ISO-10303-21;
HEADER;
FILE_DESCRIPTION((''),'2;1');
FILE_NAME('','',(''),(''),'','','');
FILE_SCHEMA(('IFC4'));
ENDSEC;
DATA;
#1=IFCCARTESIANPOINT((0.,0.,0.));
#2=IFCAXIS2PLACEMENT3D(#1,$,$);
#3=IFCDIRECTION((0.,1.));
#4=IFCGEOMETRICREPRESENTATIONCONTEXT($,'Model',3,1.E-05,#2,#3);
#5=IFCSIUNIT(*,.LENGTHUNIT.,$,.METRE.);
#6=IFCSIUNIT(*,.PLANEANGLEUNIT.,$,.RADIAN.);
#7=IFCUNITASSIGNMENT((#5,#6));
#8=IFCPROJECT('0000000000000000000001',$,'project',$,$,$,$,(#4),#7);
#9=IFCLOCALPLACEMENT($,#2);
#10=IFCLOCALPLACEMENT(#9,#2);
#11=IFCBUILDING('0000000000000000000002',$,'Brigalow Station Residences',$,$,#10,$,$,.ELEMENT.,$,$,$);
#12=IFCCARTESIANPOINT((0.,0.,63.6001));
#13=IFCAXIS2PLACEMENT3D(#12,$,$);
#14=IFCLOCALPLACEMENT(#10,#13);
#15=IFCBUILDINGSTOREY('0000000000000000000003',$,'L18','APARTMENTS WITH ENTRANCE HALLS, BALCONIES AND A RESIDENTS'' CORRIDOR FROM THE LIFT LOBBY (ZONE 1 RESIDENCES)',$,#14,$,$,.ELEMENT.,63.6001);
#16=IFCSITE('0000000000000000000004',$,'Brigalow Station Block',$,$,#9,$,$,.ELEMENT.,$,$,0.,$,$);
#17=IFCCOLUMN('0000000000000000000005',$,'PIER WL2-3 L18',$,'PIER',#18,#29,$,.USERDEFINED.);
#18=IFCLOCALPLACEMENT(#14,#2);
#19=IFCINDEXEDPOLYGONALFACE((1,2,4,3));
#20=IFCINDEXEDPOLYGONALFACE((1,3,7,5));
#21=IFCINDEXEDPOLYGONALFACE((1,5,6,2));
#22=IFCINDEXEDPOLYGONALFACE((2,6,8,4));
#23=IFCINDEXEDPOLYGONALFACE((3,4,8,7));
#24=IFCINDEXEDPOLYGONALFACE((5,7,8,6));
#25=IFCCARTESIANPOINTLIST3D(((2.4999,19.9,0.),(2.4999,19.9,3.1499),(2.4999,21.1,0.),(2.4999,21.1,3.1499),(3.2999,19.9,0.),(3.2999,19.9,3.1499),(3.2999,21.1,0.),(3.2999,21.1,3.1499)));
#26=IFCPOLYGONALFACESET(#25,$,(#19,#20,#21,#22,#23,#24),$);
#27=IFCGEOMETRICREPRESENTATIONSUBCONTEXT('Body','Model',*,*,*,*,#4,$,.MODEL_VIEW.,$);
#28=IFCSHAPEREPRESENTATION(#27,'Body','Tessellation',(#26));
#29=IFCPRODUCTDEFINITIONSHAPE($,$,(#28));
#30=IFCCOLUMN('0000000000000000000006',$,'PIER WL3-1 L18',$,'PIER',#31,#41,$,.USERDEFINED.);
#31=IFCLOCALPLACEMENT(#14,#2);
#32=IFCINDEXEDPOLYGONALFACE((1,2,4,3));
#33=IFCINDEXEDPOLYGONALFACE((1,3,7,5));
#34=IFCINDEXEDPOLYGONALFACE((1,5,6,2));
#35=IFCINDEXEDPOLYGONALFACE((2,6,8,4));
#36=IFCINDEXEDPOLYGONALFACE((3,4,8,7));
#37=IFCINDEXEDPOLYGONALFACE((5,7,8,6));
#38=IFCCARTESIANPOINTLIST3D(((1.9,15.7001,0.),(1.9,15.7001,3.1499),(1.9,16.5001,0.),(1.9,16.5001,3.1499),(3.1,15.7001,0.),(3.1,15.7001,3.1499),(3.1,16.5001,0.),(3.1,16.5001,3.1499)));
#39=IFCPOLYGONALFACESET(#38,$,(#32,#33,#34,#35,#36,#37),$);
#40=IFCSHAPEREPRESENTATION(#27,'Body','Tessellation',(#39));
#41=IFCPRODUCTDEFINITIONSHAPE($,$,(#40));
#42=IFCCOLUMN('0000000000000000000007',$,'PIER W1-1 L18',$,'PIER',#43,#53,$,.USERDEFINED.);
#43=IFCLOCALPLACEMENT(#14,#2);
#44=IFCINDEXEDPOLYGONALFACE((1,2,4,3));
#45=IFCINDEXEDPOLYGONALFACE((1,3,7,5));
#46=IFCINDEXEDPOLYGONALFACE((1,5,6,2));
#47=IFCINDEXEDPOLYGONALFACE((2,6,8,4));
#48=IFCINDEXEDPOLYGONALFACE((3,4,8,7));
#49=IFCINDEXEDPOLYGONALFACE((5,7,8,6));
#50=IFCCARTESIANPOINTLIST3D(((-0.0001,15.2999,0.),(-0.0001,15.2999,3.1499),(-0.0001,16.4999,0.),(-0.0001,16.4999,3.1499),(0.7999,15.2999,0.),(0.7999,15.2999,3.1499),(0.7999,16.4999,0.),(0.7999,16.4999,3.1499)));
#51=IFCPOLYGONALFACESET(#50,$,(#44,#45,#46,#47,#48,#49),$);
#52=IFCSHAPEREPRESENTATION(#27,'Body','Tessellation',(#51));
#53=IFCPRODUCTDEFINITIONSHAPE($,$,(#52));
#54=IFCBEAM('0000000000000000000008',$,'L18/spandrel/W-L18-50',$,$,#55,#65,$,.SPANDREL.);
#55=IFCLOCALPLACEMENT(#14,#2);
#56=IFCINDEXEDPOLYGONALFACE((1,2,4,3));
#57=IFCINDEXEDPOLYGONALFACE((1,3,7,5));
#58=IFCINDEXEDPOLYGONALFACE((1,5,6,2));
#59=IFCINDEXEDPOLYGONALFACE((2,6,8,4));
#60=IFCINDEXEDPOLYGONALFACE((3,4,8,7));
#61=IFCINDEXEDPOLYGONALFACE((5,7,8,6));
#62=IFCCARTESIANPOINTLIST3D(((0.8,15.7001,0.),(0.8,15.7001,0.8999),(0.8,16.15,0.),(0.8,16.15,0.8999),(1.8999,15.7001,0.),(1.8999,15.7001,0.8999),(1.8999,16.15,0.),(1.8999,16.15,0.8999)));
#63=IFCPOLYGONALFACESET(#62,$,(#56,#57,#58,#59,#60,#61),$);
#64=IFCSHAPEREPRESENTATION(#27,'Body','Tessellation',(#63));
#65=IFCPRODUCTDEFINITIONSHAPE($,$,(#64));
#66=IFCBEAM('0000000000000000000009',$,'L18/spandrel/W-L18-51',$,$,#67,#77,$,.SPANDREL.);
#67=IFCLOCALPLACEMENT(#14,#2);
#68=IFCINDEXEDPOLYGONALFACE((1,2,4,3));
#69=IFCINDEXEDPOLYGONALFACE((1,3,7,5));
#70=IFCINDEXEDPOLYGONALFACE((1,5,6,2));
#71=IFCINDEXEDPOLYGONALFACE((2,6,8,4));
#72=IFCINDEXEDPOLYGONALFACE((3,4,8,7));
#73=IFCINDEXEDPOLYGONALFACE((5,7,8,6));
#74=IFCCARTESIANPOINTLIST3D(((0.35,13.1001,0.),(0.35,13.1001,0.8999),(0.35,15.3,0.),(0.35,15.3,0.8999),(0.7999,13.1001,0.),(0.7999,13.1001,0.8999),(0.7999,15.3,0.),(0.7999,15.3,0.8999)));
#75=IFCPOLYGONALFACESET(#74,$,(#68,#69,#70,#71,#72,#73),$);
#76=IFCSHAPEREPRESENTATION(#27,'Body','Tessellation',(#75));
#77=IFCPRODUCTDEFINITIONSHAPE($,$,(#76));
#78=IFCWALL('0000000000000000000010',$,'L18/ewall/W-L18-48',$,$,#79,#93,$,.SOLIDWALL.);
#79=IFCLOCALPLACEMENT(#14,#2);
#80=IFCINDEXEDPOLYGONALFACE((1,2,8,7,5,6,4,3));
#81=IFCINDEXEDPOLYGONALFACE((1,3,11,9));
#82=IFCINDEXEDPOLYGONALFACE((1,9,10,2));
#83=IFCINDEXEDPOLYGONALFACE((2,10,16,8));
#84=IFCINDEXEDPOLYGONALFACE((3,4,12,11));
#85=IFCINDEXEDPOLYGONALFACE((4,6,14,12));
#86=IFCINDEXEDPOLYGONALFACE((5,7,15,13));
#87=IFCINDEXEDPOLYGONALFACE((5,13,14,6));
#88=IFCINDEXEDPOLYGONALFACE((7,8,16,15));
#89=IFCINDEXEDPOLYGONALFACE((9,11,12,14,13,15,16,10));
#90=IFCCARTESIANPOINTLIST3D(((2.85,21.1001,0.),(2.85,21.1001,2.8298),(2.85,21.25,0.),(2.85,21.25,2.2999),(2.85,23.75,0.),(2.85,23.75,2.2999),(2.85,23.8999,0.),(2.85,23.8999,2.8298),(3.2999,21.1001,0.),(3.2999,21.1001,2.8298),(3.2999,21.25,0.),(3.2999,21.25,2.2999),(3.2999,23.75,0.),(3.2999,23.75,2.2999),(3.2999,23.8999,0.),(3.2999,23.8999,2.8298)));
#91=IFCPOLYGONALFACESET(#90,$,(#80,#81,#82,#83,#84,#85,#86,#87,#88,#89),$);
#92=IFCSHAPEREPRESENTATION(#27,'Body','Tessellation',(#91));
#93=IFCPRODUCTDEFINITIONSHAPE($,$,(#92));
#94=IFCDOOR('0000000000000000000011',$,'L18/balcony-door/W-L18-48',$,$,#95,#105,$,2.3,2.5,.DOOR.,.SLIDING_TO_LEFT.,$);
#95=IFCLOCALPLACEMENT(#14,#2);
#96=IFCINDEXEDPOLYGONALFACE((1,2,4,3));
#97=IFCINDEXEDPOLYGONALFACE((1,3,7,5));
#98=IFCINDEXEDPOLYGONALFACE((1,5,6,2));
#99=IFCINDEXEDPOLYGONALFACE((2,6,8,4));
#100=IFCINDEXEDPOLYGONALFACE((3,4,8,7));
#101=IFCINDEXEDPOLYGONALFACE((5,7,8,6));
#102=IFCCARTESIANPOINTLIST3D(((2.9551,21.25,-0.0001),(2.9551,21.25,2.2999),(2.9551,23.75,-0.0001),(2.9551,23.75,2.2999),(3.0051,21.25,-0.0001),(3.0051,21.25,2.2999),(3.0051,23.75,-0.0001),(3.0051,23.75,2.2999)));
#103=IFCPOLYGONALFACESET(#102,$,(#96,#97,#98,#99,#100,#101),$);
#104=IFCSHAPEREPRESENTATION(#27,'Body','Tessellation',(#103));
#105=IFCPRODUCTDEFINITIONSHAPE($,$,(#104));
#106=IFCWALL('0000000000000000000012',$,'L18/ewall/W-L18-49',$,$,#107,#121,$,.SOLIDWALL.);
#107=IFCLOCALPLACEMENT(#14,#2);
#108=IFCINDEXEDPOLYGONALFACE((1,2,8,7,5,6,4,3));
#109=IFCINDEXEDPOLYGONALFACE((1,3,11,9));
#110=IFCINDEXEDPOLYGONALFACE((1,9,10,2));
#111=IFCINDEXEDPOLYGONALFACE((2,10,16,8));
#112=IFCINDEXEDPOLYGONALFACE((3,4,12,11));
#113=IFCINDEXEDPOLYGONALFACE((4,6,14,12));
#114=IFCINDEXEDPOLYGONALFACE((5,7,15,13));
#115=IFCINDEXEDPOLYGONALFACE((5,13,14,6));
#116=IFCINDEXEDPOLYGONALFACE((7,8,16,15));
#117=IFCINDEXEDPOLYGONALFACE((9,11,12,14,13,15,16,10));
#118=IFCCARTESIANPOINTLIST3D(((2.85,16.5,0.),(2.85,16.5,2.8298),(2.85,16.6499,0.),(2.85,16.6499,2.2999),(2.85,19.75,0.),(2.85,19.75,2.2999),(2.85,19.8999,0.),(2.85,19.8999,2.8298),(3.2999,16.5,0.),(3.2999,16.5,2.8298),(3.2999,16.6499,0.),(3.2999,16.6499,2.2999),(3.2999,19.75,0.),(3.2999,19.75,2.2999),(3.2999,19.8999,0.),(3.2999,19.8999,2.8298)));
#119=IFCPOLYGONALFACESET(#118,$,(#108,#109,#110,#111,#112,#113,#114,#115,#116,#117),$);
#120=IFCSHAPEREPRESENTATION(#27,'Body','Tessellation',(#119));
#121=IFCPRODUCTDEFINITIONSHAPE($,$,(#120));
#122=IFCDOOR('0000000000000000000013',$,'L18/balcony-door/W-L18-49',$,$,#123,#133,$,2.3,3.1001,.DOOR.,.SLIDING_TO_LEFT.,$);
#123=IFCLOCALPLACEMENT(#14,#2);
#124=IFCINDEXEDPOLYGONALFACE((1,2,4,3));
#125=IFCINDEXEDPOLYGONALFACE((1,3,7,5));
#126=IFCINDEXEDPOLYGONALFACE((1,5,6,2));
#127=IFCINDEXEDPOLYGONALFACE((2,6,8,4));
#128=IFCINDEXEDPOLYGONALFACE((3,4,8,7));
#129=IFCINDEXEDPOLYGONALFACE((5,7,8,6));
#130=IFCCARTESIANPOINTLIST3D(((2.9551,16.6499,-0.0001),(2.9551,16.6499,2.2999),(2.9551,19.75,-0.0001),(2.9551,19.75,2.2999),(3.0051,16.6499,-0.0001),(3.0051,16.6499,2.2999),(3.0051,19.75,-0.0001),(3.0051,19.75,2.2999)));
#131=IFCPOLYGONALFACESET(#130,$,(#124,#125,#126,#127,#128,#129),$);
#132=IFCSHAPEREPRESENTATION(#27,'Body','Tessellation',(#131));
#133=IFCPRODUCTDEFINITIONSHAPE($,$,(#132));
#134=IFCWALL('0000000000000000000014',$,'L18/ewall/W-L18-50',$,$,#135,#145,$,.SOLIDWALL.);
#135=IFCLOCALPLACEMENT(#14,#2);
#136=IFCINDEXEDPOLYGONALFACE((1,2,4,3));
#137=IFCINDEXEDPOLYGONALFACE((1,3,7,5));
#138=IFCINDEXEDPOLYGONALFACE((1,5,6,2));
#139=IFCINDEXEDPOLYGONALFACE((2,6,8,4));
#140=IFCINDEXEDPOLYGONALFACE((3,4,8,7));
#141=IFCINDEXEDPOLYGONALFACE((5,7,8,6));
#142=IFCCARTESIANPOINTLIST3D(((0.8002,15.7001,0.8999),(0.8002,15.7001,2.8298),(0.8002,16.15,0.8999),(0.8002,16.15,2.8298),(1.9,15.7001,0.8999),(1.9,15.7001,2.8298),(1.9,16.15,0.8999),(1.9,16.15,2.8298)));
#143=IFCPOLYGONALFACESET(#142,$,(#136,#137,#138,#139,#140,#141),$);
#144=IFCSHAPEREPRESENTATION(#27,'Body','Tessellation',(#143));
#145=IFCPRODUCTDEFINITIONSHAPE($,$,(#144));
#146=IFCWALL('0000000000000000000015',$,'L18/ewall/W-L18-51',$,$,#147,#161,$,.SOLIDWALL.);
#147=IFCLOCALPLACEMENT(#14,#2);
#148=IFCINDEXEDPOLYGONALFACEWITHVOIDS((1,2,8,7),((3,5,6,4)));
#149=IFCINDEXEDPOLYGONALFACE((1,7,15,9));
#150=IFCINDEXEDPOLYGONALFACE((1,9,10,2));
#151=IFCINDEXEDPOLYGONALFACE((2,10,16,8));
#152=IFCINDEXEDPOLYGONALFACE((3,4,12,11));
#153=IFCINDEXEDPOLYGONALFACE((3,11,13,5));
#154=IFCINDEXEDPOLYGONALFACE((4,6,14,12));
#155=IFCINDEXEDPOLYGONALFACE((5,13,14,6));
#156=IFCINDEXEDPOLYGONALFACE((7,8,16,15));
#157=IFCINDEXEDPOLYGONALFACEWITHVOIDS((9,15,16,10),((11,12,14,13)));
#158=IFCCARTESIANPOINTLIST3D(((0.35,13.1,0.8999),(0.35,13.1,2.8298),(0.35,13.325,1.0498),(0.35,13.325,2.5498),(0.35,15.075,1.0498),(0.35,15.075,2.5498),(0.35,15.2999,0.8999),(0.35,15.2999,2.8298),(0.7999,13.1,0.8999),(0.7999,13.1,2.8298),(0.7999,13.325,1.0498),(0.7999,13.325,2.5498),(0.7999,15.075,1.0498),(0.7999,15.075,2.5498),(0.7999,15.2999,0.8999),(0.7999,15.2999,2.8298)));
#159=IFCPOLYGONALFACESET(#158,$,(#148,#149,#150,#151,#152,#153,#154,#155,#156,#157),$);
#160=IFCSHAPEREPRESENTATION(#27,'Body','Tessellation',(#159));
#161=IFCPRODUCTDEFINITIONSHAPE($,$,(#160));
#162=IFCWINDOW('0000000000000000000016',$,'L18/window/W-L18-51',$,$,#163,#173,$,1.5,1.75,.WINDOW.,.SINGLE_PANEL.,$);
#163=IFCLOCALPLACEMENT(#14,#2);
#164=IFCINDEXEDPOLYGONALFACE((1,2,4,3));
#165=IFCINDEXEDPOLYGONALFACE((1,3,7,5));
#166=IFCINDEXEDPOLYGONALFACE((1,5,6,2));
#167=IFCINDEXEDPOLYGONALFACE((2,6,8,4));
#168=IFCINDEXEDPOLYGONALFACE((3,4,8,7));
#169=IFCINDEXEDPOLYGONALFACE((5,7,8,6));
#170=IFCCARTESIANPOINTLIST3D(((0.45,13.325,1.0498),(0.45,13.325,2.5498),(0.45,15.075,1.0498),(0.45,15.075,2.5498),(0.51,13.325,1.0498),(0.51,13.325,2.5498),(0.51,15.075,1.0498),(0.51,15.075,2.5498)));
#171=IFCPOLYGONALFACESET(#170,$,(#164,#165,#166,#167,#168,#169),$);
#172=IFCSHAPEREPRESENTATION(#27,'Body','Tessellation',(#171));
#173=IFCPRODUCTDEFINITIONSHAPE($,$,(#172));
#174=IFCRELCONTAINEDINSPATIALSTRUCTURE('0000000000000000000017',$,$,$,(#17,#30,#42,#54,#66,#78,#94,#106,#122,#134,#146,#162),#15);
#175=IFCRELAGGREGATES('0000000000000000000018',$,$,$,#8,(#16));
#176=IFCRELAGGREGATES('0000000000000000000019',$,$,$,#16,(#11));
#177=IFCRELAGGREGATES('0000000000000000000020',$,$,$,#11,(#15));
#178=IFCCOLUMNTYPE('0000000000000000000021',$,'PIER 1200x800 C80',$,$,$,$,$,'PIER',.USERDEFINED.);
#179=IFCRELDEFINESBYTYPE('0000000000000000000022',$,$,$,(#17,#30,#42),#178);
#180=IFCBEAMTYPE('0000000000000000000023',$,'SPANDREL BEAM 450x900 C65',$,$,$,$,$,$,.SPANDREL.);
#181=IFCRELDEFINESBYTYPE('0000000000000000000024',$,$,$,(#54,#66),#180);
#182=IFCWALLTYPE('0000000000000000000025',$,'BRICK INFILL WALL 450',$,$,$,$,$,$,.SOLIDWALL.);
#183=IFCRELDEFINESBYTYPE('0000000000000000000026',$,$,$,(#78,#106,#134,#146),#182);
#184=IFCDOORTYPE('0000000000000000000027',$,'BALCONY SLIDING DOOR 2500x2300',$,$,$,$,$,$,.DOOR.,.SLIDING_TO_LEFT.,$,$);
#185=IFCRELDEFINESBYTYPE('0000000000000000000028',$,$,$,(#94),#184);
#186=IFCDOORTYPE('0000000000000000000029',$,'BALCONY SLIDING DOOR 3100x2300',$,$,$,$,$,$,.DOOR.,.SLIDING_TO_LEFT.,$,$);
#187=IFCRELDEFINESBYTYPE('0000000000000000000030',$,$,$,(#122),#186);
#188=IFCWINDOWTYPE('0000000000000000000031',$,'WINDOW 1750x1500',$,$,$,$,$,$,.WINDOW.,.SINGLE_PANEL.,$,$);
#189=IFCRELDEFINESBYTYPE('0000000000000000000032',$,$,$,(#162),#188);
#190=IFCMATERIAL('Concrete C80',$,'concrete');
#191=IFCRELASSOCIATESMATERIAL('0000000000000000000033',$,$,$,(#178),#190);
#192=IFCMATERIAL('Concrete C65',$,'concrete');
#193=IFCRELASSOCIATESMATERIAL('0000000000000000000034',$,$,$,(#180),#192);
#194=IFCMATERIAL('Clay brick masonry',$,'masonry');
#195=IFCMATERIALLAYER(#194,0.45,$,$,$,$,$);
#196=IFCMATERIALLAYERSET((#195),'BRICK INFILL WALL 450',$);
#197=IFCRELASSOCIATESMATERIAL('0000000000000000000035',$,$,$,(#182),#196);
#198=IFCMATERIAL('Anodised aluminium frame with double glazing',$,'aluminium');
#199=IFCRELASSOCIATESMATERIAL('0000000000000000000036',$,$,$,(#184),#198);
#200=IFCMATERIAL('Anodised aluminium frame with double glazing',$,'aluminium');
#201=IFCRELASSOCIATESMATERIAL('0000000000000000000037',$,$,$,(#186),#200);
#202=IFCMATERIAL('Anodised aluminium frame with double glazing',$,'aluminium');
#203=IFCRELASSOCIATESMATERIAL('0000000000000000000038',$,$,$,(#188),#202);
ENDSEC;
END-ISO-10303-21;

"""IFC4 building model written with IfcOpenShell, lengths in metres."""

from ifc_helpers import new_model, si_unit, direction, frame, frame_2d, origin, origin_2d, place, context, subcontext, project, spatial, rectangle, extrude, material, layer, layer_set, material_profile, profile_set, type_object, element, fill, save


model = new_model("IFC4")

# Units and contexts
model_context = context("Model", 3, precision=1e-05, world=origin(), true_north=direction((0.0, 1.0)))
body_context = subcontext(model_context, "Body", "Model", "MODEL_VIEW")
ifc_project = project(units=[si_unit("LENGTHUNIT", "METRE"), si_unit("PLANEANGLEUNIT", "RADIAN")], contexts=[model_context])

# Site, building, storey
site_placement = place(None, origin())
site = spatial("IfcSite", under=ifc_project, at=site_placement, Name="Brigalow Station Block", CompositionType="ELEMENT", RefElevation=0.0)
building_placement = place(site_placement, origin())
building = spatial("IfcBuilding", under=site, at=building_placement, Name="Brigalow Station Residences", CompositionType="ELEMENT")
storey_placement = place(building_placement, frame((0.0, 0.0, 63.6001)))
storey = spatial("IfcBuildingStorey", under=building, at=storey_placement, Name="L18", Description="APARTMENTS WITH ENTRANCE HALLS, BALCONIES AND A RESIDENTS' CORRIDOR FROM THE LIFT LOBBY (ZONE 1 RESIDENCES)", CompositionType="ELEMENT", Elevation=63.6001)

# Columns
ifc_material_1 = material(Name="Concrete C80", Category="concrete")
ifc_material_profile_1 = material_profile(ifc_material_1, rectangle(XDim=1.2, YDim=0.8, at=origin_2d()), Name="RC1200x800")
ifc_profile_set_1 = profile_set([ifc_material_profile_1], Name="Concrete C80")
column_type = type_object("IfcColumnType", Name="PIER 1200x800 C80", ElementType="PIER", PredefinedType="USERDEFINED", material=ifc_profile_set_1)
for number, where, z_axis, x_axis, name in (
    (1, (2.8999, 20.5, 0.0), (0.0, 0.0, 1.0), (0.0, -1.0, 0.0), "PIER WL2-3 L18"),
    (2, (2.5, 16.1001, 0.0), (0.0, 0.0, 1.0), (-1.0, 0.0, 0.0), "PIER WL3-1 L18"),
    (3, (0.3999, 15.8999, 0.0), (0.0, 0.0, 1.0), (0.0, -1.0, 0.0), "PIER W1-1 L18"),
):
    element("IfcColumn", number, at=place(storey_placement, frame(where, z_axis=z_axis, x_axis=x_axis)), inside=storey, type_object=column_type, Name=name, ObjectType="PIER", PredefinedType="USERDEFINED", context=body_context, shape_type="SweptSolid", body=[
        extrude(rectangle(XDim=1.2, YDim=0.8, at=origin_2d()), origin(), (0.0, 0.0, 1.0), 3.1499),
    ])

# Beams
ifc_material_2 = material(Name="Concrete C65", Category="concrete")
ifc_material_profile_2 = material_profile(ifc_material_2, rectangle(XDim=0.45, YDim=0.8999, at=origin_2d()), Name="RC450x900")
ifc_profile_set_2 = profile_set([ifc_material_profile_2], Name="Concrete C65")
beam_type = type_object("IfcBeamType", Name="SPANDREL BEAM 450x900 C65", PredefinedType="SPANDREL", material=ifc_profile_set_2)
beam_1_placement = place(storey_placement, frame((1.8999, 15.925, 0.45), z_axis=(-1.0, 0.0, 0.0), x_axis=(0.0, -1.0, 0.0)))
element("IfcBeam", 4, at=beam_1_placement, inside=storey, type_object=beam_type, Name="L18/spandrel/W-L18-50", PredefinedType="SPANDREL", context=body_context, shape_type="SweptSolid", body=[
    extrude(rectangle(XDim=0.45, YDim=0.8999, at=origin_2d()), origin(), (0.0, 0.0, 1.0), 1.0999),
])
beam_2_placement = place(storey_placement, frame((0.575, 15.3, 0.45), z_axis=(0.0, -1.0, 0.0), x_axis=(1.0, 0.0, 0.0)))
element("IfcBeam", 5, at=beam_2_placement, inside=storey, type_object=beam_type, Name="L18/spandrel/W-L18-51", PredefinedType="SPANDREL", context=body_context, shape_type="SweptSolid", body=[
    extrude(rectangle(XDim=0.45, YDim=0.8999, at=origin_2d()), origin(), (0.0, 0.0, 1.0), 2.2),
])

# Walls, openings, doors
ifc_material_3 = material(Name="Clay brick masonry", Category="masonry")
ifc_layer_1 = layer(ifc_material_3, 0.45)
ifc_layer_set_1 = layer_set([ifc_layer_1], Name="BRICK INFILL WALL 450")
wall_type_1 = type_object("IfcWallType", Name="BRICK INFILL WALL 450", PredefinedType="SOLIDWALL", material=ifc_layer_set_1)
wall_1_placement = place(storey_placement, frame((3.075, 23.8999, 0.0), z_axis=(0.0, 0.0, 1.0), x_axis=(0.0, -1.0, 0.0)))
wall_1 = element("IfcWall", 6, at=wall_1_placement, inside=storey, type_object=wall_type_1, Name="L18/ewall/W-L18-48", PredefinedType="SOLIDWALL", context=body_context, shape_type="SweptSolid", body=[
    extrude(rectangle(XDim=2.7998, YDim=0.45, at=frame_2d((1.3999, 0.0))), origin(), (0.0, 0.0, 1.0), 2.8298),
])
opening_1_placement = place(wall_1_placement, frame((0.1499, 0.0, 0.0)))
opening_1 = element("IfcOpeningElement", 7, at=opening_1_placement, cuts=wall_1, PredefinedType="OPENING", context=body_context, shape_type="SweptSolid", body=[
    extrude(rectangle(XDim=2.5, YDim=2.3, at=frame_2d((1.25, 1.1499))), frame((0.0, 0.2349, 0.0), z_axis=(0.0, -1.0, 0.0), x_axis=(1.0, 0.0, 0.0)), (0.0, 0.0, 1.0), 0.47),
])
ifc_material_4 = material(Name="Anodised aluminium frame with double glazing", Category="aluminium")
door_type_1 = type_object("IfcDoorType", Name="BALCONY SLIDING DOOR 2500x2300", OperationType="SLIDING_TO_LEFT", PredefinedType="DOOR", material=ifc_material_4)
door_1_placement = place(opening_1_placement, origin())
door_1 = element("IfcDoor", 8, at=door_1_placement, inside=storey, type_object=door_type_1, Name="L18/balcony-door/W-L18-48", OperationType="SLIDING_TO_LEFT", OverallHeight=2.3, OverallWidth=2.5, PredefinedType="DOOR", context=body_context, shape_type="SweptSolid", body=[
    extrude(rectangle(XDim=2.5, YDim=2.3, at=frame_2d((1.25, 1.1499))), frame((0.0, -0.0698, 0.0), z_axis=(0.0, -1.0, 0.0), x_axis=(1.0, 0.0, 0.0)), (0.0, 0.0, 1.0), 0.05),
])
fill(opening_1, door_1)
wall_2_placement = place(storey_placement, frame((3.075, 19.8999, 0.0), z_axis=(0.0, 0.0, 1.0), x_axis=(0.0, -1.0, 0.0)))
wall_2 = element("IfcWall", 9, at=wall_2_placement, inside=storey, type_object=wall_type_1, Name="L18/ewall/W-L18-49", PredefinedType="SOLIDWALL", context=body_context, shape_type="SweptSolid", body=[
    extrude(rectangle(XDim=3.3999, YDim=0.45, at=frame_2d((1.7, 0.0))), origin(), (0.0, 0.0, 1.0), 2.8298),
])
opening_2_placement = place(wall_2_placement, frame((0.1499, 0.0, 0.0)))
opening_2 = element("IfcOpeningElement", 10, at=opening_2_placement, cuts=wall_2, PredefinedType="OPENING", context=body_context, shape_type="SweptSolid", body=[
    extrude(rectangle(XDim=3.1001, YDim=2.3, at=frame_2d((1.55, 1.1499))), frame((0.0, 0.2349, 0.0), z_axis=(0.0, -1.0, 0.0), x_axis=(1.0, 0.0, 0.0)), (0.0, 0.0, 1.0), 0.47),
])
ifc_material_5 = material(Name="Anodised aluminium frame with double glazing", Category="aluminium")
door_type_2 = type_object("IfcDoorType", Name="BALCONY SLIDING DOOR 3100x2300", OperationType="SLIDING_TO_LEFT", PredefinedType="DOOR", material=ifc_material_5)
door_2_placement = place(opening_2_placement, origin())
door_2 = element("IfcDoor", 11, at=door_2_placement, inside=storey, type_object=door_type_2, Name="L18/balcony-door/W-L18-49", OperationType="SLIDING_TO_LEFT", OverallHeight=2.3, OverallWidth=3.1001, PredefinedType="DOOR", context=body_context, shape_type="SweptSolid", body=[
    extrude(rectangle(XDim=3.1001, YDim=2.3, at=frame_2d((1.55, 1.1499))), frame((0.0, -0.0698, 0.0), z_axis=(0.0, -1.0, 0.0), x_axis=(1.0, 0.0, 0.0)), (0.0, 0.0, 1.0), 0.05),
])
fill(opening_2, door_2)

# Wall
wall_3_placement = place(storey_placement, frame((1.8999, 15.925, 0.8999), z_axis=(0.0, 0.0, 1.0), x_axis=(-1.0, 0.0, 0.0)))
element("IfcWall", 12, at=wall_3_placement, inside=storey, type_object=wall_type_1, Name="L18/ewall/W-L18-50", PredefinedType="SOLIDWALL", context=body_context, shape_type="SweptSolid", body=[
    extrude(rectangle(XDim=1.0999, YDim=0.45, at=frame_2d((0.5498, 0.0))), origin(), (0.0, 0.0, 1.0), 1.9299),
])

# Wall, opening, window
wall_4_placement = place(storey_placement, frame((0.575, 15.3, 0.8999), z_axis=(0.0, 0.0, 1.0), x_axis=(0.0, -1.0, 0.0)))
wall_4 = element("IfcWall", 13, at=wall_4_placement, inside=storey, type_object=wall_type_1, Name="L18/ewall/W-L18-51", PredefinedType="SOLIDWALL", context=body_context, shape_type="SweptSolid", body=[
    extrude(rectangle(XDim=2.2, YDim=0.45, at=frame_2d((1.1001, 0.0))), origin(), (0.0, 0.0, 1.0), 1.9299),
])
opening_3_placement = place(wall_4_placement, frame((0.2251, 0.0, 0.1499)))
opening_3 = element("IfcOpeningElement", 14, at=opening_3_placement, cuts=wall_4, PredefinedType="OPENING", context=body_context, shape_type="SweptSolid", body=[
    extrude(rectangle(XDim=1.75, YDim=1.5, at=frame_2d((0.875, 0.75))), frame((0.0, 0.2349, 0.0), z_axis=(0.0, -1.0, 0.0), x_axis=(1.0, 0.0, 0.0)), (0.0, 0.0, 1.0), 0.47),
])
ifc_material_6 = material(Name="Anodised aluminium frame with double glazing", Category="aluminium")
window_type = type_object("IfcWindowType", Name="WINDOW 1750x1500", PartitioningType="SINGLE_PANEL", PredefinedType="WINDOW", material=ifc_material_6)
window_placement = place(opening_3_placement, origin())
window = element("IfcWindow", 15, at=window_placement, inside=storey, type_object=window_type, Name="L18/window/W-L18-51", OverallHeight=1.5, OverallWidth=1.75, PartitioningType="SINGLE_PANEL", PredefinedType="WINDOW", context=body_context, shape_type="SweptSolid", body=[
    extrude(rectangle(XDim=1.75, YDim=1.5, at=frame_2d((0.875, 0.75))), frame((0.0, -0.0649, 0.0), z_axis=(0.0, -1.0, 0.0), x_axis=(1.0, 0.0, 0.0)), (0.0, 0.0, 1.0), 0.0601),
])
fill(opening_3, window)

save(model, "model.ifc")
